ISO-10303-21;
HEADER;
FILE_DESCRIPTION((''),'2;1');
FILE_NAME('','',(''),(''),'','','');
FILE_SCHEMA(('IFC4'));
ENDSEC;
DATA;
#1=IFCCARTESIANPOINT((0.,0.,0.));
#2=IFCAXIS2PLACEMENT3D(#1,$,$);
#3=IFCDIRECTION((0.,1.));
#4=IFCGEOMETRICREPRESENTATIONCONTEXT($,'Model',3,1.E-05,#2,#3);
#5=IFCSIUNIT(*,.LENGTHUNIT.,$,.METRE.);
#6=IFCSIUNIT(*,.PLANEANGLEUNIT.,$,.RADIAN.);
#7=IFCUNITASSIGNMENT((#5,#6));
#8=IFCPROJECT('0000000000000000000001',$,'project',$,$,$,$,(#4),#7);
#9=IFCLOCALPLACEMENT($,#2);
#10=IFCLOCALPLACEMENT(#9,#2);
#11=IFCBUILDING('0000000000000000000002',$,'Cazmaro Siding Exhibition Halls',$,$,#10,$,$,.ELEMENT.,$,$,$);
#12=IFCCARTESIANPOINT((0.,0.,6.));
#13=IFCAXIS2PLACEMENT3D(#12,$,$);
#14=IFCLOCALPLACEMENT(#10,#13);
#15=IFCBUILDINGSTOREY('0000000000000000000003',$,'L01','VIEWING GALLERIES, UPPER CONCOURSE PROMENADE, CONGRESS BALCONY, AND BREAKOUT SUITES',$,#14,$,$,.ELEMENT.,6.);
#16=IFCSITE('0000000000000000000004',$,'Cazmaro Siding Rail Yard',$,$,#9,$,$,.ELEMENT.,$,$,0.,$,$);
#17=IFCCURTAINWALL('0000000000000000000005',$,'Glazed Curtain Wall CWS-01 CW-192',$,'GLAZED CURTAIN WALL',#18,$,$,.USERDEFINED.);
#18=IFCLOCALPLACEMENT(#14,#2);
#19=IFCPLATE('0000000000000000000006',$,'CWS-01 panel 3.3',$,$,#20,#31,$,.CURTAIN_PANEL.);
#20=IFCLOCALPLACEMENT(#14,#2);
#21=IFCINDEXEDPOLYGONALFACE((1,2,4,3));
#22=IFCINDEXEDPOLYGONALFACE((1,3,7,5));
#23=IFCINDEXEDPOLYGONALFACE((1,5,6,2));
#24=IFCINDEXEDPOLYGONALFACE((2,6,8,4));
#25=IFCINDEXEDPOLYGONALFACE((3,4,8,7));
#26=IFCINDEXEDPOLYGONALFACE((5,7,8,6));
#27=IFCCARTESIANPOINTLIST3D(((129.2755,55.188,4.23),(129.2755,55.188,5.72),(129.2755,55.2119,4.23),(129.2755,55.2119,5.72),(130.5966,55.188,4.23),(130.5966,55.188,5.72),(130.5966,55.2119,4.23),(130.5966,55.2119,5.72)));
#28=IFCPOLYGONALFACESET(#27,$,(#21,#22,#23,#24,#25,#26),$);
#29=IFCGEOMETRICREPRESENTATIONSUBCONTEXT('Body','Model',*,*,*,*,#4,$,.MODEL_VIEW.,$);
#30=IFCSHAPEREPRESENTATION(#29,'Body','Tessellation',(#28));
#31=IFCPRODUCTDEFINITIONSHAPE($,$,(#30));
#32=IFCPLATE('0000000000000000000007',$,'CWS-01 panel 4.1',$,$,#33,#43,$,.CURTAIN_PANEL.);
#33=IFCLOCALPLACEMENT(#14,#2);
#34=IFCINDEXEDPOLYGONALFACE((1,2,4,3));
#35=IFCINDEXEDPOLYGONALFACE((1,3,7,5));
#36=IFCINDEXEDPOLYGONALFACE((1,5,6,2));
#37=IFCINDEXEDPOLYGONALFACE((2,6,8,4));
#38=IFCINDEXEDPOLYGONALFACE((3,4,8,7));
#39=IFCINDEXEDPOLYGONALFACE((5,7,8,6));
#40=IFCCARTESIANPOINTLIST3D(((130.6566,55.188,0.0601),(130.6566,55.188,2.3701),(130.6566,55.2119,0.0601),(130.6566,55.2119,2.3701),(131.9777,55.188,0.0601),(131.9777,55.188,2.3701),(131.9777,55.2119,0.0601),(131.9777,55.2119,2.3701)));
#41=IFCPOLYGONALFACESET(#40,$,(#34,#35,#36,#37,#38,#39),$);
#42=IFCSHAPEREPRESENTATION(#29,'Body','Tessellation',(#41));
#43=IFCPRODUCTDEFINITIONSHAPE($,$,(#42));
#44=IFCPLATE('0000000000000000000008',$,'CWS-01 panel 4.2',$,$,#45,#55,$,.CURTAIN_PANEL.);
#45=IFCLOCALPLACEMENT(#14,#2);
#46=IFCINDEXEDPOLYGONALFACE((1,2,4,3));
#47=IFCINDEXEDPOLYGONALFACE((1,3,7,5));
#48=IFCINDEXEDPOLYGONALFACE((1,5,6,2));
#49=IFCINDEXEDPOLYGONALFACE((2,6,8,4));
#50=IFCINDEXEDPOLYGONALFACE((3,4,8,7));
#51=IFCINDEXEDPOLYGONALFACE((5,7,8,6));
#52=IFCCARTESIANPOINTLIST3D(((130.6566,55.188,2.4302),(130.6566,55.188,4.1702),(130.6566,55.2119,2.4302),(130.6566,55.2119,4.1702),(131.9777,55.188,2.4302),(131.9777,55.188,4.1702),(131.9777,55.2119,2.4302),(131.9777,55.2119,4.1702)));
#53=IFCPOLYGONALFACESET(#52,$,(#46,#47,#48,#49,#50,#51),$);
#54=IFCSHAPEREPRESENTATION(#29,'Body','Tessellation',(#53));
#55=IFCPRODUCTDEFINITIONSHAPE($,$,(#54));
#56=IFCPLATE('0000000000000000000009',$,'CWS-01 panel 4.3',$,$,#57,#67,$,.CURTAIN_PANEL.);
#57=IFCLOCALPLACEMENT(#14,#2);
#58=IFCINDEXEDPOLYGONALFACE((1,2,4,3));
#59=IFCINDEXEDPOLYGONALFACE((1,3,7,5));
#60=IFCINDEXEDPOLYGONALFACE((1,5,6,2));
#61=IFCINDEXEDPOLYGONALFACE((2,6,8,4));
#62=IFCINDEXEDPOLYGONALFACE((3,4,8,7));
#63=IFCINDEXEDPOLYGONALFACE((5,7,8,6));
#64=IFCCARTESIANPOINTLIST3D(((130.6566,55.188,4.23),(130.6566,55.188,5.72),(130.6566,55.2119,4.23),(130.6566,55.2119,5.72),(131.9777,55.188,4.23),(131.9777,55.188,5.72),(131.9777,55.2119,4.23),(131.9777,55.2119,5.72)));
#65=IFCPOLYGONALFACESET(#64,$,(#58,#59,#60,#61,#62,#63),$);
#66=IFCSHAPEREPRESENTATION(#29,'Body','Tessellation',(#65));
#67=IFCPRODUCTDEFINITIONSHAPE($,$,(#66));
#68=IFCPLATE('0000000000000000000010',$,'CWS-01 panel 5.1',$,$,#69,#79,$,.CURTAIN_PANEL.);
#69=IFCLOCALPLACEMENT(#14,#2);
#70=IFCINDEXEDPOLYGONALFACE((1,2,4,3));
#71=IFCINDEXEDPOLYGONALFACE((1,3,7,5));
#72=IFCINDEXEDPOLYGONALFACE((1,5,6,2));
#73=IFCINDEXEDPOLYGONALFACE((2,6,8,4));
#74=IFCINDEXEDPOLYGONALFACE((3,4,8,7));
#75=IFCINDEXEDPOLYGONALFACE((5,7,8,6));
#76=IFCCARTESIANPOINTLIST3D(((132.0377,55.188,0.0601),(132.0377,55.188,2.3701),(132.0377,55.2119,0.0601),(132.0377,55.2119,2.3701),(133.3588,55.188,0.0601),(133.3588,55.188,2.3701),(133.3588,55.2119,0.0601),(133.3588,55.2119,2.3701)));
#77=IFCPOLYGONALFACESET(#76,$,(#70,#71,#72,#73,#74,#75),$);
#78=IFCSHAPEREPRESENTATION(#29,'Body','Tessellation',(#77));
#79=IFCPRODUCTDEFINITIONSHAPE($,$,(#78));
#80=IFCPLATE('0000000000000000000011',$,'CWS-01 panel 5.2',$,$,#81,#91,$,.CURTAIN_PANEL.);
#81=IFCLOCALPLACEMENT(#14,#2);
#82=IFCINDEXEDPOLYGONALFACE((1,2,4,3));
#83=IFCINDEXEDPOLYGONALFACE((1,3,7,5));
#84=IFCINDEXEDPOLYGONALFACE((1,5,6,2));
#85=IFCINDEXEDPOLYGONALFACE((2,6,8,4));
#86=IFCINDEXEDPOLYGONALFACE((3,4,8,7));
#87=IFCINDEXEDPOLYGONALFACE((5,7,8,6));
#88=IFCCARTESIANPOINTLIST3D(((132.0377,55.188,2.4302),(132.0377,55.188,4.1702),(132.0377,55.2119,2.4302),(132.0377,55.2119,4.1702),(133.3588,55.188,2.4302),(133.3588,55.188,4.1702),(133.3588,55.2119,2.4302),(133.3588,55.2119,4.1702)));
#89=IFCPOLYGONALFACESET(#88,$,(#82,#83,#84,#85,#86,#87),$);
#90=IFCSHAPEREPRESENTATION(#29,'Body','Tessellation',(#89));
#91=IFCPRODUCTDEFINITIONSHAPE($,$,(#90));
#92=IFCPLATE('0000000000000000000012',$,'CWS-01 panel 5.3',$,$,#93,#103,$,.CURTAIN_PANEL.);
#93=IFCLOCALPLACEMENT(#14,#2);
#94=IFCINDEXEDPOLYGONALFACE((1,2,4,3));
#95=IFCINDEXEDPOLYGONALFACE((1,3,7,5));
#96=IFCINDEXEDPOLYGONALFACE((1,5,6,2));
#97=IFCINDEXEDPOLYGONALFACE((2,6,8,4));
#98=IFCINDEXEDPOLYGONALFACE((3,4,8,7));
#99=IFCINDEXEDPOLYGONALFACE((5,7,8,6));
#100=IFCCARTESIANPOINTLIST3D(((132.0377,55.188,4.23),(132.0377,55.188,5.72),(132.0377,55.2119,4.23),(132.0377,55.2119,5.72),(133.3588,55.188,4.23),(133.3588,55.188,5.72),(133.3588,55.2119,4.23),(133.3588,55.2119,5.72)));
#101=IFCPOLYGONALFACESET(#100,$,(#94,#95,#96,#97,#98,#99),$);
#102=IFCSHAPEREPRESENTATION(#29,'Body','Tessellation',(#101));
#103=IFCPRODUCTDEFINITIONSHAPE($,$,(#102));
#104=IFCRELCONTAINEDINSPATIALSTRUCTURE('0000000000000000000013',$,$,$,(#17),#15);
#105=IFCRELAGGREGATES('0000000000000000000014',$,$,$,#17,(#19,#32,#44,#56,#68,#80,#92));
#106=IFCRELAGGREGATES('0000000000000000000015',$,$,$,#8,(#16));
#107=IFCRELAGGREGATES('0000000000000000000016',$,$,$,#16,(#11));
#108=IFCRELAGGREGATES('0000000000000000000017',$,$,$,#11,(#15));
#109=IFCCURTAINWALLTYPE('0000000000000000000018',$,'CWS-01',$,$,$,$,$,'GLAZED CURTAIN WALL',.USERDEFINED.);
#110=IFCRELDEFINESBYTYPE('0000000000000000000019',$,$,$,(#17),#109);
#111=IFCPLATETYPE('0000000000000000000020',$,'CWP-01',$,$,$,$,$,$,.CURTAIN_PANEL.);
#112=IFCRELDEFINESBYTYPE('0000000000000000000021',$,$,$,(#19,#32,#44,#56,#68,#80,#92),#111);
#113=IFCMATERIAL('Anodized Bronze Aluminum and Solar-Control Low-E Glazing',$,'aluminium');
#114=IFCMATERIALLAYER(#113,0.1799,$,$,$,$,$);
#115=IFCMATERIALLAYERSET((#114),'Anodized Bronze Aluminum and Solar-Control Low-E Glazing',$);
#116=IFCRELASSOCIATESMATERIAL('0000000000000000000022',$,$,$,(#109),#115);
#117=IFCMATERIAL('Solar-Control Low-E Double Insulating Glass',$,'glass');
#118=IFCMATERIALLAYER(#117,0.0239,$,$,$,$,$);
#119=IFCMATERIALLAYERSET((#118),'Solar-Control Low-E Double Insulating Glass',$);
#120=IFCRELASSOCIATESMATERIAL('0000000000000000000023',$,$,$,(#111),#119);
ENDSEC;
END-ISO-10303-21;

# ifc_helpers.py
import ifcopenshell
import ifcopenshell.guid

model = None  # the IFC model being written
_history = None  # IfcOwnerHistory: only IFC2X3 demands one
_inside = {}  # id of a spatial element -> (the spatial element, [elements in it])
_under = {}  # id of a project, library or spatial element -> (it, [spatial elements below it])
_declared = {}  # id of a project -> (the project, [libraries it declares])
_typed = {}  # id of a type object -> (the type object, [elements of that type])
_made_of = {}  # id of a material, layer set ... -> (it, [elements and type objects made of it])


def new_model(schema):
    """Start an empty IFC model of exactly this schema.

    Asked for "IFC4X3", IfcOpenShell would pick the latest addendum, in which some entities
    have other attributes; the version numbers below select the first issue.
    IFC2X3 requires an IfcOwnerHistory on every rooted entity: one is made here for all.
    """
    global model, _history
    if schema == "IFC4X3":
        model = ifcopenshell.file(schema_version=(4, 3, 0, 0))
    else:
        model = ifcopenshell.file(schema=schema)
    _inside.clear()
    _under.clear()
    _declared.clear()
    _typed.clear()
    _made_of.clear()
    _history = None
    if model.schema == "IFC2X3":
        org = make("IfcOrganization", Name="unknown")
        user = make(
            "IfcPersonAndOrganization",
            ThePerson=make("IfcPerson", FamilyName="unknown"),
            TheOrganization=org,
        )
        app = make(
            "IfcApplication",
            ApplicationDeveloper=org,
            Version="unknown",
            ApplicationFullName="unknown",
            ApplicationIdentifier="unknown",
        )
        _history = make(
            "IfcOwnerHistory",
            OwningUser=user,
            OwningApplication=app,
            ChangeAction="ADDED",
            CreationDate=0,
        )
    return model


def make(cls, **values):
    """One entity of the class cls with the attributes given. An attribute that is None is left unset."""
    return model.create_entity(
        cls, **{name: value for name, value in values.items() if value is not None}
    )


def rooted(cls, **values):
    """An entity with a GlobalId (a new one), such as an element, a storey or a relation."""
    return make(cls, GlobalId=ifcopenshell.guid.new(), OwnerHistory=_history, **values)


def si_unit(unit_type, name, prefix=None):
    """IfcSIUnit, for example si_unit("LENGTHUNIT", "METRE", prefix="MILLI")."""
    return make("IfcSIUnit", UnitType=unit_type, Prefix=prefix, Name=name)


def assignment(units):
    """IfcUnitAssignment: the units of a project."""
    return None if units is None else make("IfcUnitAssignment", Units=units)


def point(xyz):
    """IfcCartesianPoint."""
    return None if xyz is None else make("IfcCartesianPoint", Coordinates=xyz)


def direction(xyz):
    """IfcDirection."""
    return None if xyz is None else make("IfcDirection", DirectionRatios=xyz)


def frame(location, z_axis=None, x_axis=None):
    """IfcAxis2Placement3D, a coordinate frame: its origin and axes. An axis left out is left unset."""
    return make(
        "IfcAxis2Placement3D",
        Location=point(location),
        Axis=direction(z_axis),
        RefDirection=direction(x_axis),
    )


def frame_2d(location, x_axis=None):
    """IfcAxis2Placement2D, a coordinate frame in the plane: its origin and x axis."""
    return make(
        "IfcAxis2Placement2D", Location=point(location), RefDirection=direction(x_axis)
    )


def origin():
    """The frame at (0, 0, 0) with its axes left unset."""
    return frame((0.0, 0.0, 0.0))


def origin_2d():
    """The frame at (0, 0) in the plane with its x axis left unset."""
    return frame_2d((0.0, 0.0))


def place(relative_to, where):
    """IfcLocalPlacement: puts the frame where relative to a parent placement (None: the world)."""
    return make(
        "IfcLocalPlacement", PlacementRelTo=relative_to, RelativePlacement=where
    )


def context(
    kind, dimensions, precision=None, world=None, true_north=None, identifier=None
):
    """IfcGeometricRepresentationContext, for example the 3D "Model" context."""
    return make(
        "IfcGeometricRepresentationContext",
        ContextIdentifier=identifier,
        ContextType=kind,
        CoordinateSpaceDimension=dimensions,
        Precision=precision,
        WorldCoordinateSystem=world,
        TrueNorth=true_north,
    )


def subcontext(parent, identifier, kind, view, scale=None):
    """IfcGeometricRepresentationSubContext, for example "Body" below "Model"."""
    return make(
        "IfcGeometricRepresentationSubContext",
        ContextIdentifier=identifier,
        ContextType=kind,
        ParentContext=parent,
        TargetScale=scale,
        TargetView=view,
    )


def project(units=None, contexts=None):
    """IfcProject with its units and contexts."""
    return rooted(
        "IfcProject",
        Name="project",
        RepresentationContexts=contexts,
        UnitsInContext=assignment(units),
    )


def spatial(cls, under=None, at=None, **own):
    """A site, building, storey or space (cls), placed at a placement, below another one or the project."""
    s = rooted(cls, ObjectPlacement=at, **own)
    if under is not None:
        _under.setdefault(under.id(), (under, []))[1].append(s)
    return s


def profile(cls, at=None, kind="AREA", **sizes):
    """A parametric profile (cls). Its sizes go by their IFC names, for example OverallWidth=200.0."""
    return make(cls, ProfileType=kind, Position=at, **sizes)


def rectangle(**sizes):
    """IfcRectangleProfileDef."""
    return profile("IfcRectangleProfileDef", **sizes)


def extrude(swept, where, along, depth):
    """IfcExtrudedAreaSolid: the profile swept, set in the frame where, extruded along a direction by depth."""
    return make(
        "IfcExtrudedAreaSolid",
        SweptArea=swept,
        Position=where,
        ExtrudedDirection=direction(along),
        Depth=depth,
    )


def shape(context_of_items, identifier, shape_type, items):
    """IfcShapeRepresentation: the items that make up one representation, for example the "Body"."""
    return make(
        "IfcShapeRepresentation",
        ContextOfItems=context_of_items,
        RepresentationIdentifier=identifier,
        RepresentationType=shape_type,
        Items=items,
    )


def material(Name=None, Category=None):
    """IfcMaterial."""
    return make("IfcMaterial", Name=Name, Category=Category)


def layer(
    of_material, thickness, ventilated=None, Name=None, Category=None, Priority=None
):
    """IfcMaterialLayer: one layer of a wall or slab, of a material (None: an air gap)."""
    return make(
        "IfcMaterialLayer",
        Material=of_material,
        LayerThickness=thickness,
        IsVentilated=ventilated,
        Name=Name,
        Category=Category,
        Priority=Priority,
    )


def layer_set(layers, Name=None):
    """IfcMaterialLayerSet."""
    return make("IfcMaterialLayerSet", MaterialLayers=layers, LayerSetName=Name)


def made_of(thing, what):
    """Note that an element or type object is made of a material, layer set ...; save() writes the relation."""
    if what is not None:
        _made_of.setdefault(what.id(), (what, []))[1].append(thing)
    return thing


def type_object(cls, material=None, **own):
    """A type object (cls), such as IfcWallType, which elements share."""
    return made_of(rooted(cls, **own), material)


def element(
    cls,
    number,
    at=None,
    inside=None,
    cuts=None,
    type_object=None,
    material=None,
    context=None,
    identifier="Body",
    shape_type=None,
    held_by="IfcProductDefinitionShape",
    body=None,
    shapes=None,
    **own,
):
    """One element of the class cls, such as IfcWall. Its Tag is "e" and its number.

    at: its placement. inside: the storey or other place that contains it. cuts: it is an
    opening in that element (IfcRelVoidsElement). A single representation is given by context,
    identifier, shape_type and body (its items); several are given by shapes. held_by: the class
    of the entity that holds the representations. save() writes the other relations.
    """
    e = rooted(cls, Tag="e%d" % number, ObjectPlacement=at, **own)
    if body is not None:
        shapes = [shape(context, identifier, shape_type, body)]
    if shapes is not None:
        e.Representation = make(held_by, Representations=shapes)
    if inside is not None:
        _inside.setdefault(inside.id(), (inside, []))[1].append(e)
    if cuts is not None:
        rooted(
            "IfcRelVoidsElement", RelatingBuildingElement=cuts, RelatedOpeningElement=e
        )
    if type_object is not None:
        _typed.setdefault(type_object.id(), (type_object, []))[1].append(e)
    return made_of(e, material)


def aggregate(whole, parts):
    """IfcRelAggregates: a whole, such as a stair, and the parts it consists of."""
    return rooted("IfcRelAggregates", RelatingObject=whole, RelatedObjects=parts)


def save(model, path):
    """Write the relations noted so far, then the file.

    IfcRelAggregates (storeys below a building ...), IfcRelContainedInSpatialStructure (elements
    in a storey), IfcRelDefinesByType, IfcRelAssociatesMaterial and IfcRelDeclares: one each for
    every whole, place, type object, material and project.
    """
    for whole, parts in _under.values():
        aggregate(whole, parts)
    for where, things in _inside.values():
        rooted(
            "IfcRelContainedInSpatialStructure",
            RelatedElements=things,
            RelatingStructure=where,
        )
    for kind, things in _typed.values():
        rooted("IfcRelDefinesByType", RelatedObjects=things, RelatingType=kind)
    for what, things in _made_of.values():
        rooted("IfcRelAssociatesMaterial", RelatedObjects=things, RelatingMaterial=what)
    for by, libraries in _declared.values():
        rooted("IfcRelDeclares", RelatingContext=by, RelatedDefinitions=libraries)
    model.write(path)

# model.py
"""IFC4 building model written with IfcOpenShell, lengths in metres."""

from ifc_helpers import new_model, si_unit, direction, frame, origin, origin_2d, place, context, subcontext, project, spatial, rectangle, extrude, material, layer, layer_set, type_object, element, aggregate, save


model = new_model("IFC4")

# Units and contexts
model_context = context("Model", 3, precision=1e-05, world=origin(), true_north=direction((0.0, 1.0)))
body_context = subcontext(model_context, "Body", "Model", "MODEL_VIEW")
ifc_project = project(units=[si_unit("LENGTHUNIT", "METRE"), si_unit("PLANEANGLEUNIT", "RADIAN")], contexts=[model_context])

# Site, building, storey
site_placement = place(None, origin())
site = spatial("IfcSite", under=ifc_project, at=site_placement, Name="Cazmaro Siding Rail Yard", CompositionType="ELEMENT", RefElevation=0.0)
building_placement = place(site_placement, origin())
building = spatial("IfcBuilding", under=site, at=building_placement, Name="Cazmaro Siding Exhibition Halls", CompositionType="ELEMENT")
storey_placement = place(building_placement, frame((0.0, 0.0, 6.0)))
storey = spatial("IfcBuildingStorey", under=building, at=storey_placement, Name="L01", Description="VIEWING GALLERIES, UPPER CONCOURSE PROMENADE, CONGRESS BALCONY, AND BREAKOUT SUITES", CompositionType="ELEMENT", Elevation=6.0)

# Curtain wall
ifc_material_1 = material(Name="Anodized Bronze Aluminum and Solar-Control Low-E Glazing", Category="aluminium")
ifc_layer_1 = layer(ifc_material_1, 0.1799)
ifc_layer_set_1 = layer_set([ifc_layer_1], Name="Anodized Bronze Aluminum and Solar-Control Low-E Glazing")
curtain_wall_type = type_object("IfcCurtainWallType", Name="CWS-01", ElementType="GLAZED CURTAIN WALL", PredefinedType="USERDEFINED", material=ifc_layer_set_1)
curtain_wall_placement = place(storey_placement, origin())
curtain_wall = element("IfcCurtainWall", 1, at=curtain_wall_placement, inside=storey, type_object=curtain_wall_type, Name="Glazed Curtain Wall CWS-01 CW-192", ObjectType="GLAZED CURTAIN WALL", PredefinedType="USERDEFINED")

# Plates
ifc_material_2 = material(Name="Solar-Control Low-E Double Insulating Glass", Category="glass")
ifc_layer_2 = layer(ifc_material_2, 0.0239)
ifc_layer_set_2 = layer_set([ifc_layer_2], Name="Solar-Control Low-E Double Insulating Glass")
plate_type = type_object("IfcPlateType", Name="CWP-01", PredefinedType="CURTAIN_PANEL", material=ifc_layer_set_2)
plate_1_placement = place(storey_placement, frame((129.936, 55.2, 4.23), z_axis=(0.0, 0.0, 1.0), x_axis=(1.0, 0.0, 0.0)))
plate_1 = element("IfcPlate", 2, at=plate_1_placement, type_object=plate_type, Name="CWS-01 panel 3.3", PredefinedType="CURTAIN_PANEL", context=body_context, shape_type="SweptSolid", body=[
    extrude(rectangle(XDim=1.321, YDim=0.0239, at=origin_2d()), origin(), (0.0, 0.0, 1.0), 1.49),
])
plate_2_placement = place(storey_placement, frame((131.3171, 55.2, 0.0601), z_axis=(0.0, 0.0, 1.0), x_axis=(1.0, 0.0, 0.0)))
plate_2 = element("IfcPlate", 3, at=plate_2_placement, type_object=plate_type, Name="CWS-01 panel 4.1", PredefinedType="CURTAIN_PANEL", context=body_context, shape_type="SweptSolid", body=[
    extrude(rectangle(XDim=1.321, YDim=0.0239, at=origin_2d()), origin(), (0.0, 0.0, 1.0), 2.3101),
])
plate_3_placement = place(storey_placement, frame((131.3171, 55.2, 2.4302), z_axis=(0.0, 0.0, 1.0), x_axis=(1.0, 0.0, 0.0)))
plate_3 = element("IfcPlate", 4, at=plate_3_placement, type_object=plate_type, Name="CWS-01 panel 4.2", PredefinedType="CURTAIN_PANEL", context=body_context, shape_type="SweptSolid", body=[
    extrude(rectangle(XDim=1.321, YDim=0.0239, at=origin_2d()), origin(), (0.0, 0.0, 1.0), 1.74),
])
plate_4_placement = place(storey_placement, frame((131.3171, 55.2, 4.23), z_axis=(0.0, 0.0, 1.0), x_axis=(1.0, 0.0, 0.0)))
plate_4 = element("IfcPlate", 5, at=plate_4_placement, type_object=plate_type, Name="CWS-01 panel 4.3", PredefinedType="CURTAIN_PANEL", context=body_context, shape_type="SweptSolid", body=[
    extrude(rectangle(XDim=1.321, YDim=0.0239, at=origin_2d()), origin(), (0.0, 0.0, 1.0), 1.49),
])
plate_5_placement = place(storey_placement, frame((132.6982, 55.2, 0.0601), z_axis=(0.0, 0.0, 1.0), x_axis=(1.0, 0.0, 0.0)))
plate_5 = element("IfcPlate", 6, at=plate_5_placement, type_object=plate_type, Name="CWS-01 panel 5.1", PredefinedType="CURTAIN_PANEL", context=body_context, shape_type="SweptSolid", body=[
    extrude(rectangle(XDim=1.321, YDim=0.0239, at=origin_2d()), origin(), (0.0, 0.0, 1.0), 2.3101),
])
plate_6_placement = place(storey_placement, frame((132.6982, 55.2, 2.4302), z_axis=(0.0, 0.0, 1.0), x_axis=(1.0, 0.0, 0.0)))
plate_6 = element("IfcPlate", 7, at=plate_6_placement, type_object=plate_type, Name="CWS-01 panel 5.2", PredefinedType="CURTAIN_PANEL", context=body_context, shape_type="SweptSolid", body=[
    extrude(rectangle(XDim=1.321, YDim=0.0239, at=origin_2d()), origin(), (0.0, 0.0, 1.0), 1.74),
])
plate_7_placement = place(storey_placement, frame((132.6982, 55.2, 4.23), z_axis=(0.0, 0.0, 1.0), x_axis=(1.0, 0.0, 0.0)))
plate_7 = element("IfcPlate", 8, at=plate_7_placement, type_object=plate_type, Name="CWS-01 panel 5.3", PredefinedType="CURTAIN_PANEL", context=body_context, shape_type="SweptSolid", body=[
    extrude(rectangle(XDim=1.321, YDim=0.0239, at=origin_2d()), origin(), (0.0, 0.0, 1.0), 1.49),
])
aggregate(curtain_wall, [plate_1, plate_2, plate_3, plate_4, plate_5, plate_6, plate_7])

save(model, "model.ifc")
